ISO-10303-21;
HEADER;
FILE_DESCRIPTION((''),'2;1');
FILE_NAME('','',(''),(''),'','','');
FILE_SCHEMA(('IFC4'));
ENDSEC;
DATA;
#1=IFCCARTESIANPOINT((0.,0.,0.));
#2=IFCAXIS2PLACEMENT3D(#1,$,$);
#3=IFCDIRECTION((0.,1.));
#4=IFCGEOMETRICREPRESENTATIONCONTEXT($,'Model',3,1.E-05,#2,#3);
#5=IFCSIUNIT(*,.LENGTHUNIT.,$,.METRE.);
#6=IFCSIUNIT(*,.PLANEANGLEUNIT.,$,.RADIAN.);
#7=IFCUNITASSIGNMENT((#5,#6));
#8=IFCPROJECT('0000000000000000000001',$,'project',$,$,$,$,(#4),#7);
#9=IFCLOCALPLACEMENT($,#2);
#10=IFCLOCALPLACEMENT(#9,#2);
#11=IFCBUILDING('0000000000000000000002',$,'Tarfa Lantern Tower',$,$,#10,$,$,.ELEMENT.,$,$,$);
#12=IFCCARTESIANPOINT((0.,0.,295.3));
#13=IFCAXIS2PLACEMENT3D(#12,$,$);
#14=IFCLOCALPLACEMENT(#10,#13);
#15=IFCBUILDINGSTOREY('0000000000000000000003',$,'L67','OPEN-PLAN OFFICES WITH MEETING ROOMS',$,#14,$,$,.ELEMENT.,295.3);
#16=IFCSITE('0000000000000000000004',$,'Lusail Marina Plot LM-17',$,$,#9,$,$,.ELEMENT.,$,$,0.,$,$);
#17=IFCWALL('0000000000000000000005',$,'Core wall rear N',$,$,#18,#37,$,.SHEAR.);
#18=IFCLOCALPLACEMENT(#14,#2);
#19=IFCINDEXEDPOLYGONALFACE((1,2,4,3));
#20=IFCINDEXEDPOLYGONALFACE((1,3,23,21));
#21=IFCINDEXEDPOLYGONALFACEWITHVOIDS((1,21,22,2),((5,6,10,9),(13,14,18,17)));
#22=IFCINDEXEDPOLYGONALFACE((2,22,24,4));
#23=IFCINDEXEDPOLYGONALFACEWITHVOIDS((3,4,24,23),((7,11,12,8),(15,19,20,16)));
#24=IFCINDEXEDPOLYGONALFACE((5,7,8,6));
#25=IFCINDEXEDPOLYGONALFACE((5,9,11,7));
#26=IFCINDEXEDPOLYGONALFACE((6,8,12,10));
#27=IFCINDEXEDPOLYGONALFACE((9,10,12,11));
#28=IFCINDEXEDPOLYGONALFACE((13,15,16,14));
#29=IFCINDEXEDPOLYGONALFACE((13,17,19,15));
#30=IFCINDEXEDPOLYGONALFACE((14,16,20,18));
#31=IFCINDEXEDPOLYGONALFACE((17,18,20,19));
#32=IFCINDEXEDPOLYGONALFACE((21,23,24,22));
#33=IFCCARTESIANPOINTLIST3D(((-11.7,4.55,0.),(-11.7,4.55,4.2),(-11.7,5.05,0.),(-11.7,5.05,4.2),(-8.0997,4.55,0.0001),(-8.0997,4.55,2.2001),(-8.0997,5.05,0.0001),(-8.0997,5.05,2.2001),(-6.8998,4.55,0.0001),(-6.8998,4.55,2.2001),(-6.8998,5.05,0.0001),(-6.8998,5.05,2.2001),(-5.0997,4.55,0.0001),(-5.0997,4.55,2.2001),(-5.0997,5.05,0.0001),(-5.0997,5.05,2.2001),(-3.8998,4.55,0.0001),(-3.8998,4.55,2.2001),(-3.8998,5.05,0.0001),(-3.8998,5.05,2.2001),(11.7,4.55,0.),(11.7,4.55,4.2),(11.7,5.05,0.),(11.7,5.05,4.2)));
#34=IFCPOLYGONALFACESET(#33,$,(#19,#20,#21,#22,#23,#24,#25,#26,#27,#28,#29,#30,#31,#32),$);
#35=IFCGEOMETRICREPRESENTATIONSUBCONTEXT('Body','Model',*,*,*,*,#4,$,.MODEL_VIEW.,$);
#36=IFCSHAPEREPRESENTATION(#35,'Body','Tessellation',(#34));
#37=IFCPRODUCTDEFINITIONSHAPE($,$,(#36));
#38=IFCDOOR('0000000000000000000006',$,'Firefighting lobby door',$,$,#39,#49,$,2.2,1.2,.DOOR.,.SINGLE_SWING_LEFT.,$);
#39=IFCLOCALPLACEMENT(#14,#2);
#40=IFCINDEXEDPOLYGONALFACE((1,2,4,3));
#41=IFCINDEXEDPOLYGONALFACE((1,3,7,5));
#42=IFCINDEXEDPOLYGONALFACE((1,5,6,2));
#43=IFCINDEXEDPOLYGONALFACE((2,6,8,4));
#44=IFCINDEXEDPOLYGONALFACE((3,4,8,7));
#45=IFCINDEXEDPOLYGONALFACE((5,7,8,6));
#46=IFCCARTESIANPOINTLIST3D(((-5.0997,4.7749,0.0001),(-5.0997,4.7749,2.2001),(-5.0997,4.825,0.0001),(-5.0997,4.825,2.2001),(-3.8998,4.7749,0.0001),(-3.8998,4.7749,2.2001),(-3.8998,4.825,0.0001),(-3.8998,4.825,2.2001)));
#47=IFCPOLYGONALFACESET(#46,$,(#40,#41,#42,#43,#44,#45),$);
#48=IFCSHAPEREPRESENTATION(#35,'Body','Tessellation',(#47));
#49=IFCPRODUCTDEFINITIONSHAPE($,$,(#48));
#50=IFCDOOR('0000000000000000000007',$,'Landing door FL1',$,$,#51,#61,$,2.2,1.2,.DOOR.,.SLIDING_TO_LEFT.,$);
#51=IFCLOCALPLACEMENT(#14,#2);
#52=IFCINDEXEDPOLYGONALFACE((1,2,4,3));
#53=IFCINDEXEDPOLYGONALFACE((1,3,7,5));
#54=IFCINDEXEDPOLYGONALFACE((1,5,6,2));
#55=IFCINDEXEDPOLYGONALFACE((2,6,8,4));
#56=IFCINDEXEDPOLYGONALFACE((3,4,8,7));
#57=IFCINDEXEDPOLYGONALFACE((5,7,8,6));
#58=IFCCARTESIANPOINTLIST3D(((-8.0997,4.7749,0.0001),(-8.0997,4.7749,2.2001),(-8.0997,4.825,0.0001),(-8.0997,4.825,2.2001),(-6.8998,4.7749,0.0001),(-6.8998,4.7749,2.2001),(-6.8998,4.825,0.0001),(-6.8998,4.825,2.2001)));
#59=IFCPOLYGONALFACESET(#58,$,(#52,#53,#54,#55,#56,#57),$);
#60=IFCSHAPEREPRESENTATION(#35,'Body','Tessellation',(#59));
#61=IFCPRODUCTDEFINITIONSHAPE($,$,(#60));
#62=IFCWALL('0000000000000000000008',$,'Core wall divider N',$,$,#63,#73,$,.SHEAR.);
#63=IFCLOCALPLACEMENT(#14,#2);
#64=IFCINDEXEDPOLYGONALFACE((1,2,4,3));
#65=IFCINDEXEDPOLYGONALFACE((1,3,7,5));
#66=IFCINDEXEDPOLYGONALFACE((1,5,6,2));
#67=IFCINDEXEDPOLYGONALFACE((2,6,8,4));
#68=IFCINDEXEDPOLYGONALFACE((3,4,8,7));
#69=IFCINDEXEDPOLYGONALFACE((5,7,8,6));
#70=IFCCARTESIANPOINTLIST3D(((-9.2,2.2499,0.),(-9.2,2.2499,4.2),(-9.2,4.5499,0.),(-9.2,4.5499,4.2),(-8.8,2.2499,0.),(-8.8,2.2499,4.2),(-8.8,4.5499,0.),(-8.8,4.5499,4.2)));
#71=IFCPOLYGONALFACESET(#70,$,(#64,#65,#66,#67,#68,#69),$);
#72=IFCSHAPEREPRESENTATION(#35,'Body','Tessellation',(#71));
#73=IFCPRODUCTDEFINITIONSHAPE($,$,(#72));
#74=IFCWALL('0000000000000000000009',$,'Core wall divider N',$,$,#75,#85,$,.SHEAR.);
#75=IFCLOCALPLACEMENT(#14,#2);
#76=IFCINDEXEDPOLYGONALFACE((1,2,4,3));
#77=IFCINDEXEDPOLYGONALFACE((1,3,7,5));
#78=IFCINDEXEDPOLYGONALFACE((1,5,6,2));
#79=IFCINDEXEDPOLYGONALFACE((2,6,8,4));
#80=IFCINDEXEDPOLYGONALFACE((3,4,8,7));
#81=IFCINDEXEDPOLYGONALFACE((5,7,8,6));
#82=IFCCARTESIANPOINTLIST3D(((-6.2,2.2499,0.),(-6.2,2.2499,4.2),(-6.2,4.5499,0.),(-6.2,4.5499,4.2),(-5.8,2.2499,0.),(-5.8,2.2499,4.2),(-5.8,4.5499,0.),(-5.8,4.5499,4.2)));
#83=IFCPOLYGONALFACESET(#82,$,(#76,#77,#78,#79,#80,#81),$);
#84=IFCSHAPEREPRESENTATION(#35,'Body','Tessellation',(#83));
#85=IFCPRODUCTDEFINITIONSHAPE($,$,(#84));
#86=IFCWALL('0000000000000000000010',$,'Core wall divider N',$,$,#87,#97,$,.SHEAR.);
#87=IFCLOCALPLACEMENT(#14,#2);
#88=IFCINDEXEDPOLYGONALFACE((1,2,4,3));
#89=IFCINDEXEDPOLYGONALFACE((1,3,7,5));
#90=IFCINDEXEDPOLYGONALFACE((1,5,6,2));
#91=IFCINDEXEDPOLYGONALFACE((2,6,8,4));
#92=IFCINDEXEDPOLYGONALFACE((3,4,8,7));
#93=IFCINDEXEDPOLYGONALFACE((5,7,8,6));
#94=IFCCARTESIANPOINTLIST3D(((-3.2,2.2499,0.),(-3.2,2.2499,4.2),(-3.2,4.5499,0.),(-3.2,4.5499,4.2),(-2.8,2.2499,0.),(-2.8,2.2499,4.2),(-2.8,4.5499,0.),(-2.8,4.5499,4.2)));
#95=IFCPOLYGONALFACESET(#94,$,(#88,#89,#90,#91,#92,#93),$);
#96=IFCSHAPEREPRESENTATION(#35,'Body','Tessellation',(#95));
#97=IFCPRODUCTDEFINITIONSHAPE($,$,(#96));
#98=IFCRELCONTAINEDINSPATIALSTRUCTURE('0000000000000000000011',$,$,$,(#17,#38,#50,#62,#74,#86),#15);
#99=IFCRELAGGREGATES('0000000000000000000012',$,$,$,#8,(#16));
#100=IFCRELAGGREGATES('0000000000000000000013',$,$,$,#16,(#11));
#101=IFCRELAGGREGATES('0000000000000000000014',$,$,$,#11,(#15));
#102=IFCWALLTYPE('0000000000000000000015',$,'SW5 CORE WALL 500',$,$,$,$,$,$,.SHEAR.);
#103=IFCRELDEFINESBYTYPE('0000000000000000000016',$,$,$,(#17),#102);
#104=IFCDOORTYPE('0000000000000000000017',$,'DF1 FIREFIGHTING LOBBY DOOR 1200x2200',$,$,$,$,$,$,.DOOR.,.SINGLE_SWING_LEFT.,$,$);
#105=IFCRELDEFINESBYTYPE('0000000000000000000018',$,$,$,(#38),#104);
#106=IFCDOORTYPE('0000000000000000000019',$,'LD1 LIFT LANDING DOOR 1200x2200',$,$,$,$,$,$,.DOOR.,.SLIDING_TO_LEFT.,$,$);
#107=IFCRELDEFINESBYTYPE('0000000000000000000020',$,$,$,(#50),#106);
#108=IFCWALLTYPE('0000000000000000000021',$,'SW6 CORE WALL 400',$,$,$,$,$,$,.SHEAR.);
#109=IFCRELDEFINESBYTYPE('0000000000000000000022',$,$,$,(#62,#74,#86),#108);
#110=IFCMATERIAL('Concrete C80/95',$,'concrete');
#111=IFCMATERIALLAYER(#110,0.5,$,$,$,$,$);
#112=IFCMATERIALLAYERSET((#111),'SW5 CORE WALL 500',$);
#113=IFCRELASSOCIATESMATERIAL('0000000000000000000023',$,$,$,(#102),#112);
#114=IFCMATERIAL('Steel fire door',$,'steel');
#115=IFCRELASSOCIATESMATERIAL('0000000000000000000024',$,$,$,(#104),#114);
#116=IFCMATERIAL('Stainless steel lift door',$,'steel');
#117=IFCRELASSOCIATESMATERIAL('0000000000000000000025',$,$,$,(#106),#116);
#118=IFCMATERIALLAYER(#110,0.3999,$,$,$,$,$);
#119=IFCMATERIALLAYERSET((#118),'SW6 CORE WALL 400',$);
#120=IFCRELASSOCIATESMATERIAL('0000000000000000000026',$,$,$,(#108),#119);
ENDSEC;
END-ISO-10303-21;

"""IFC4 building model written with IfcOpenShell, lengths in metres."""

from ifc_helpers import new_model, si_unit, direction, frame, frame_2d, origin, place, context, subcontext, project, spatial, rectangle, extrude, material, layer, layer_set, type_object, element, fill, save


model = new_model("IFC4")

# Units and contexts
model_context = context("Model", 3, precision=1e-05, world=origin(), true_north=direction((0.0, 1.0)))
body_context = subcontext(model_context, "Body", "Model", "MODEL_VIEW")
ifc_project = project(units=[si_unit("LENGTHUNIT", "METRE"), si_unit("PLANEANGLEUNIT", "RADIAN")], contexts=[model_context])

# Site, building, storey
site_placement = place(None, origin())
site = spatial("IfcSite", under=ifc_project, at=site_placement, Name="Lusail Marina Plot LM-17", CompositionType="ELEMENT", RefElevation=0.0)
building_placement = place(site_placement, origin())
building = spatial("IfcBuilding", under=site, at=building_placement, Name="Tarfa Lantern Tower", CompositionType="ELEMENT")
storey_placement = place(building_placement, frame((0.0, 0.0, 295.3)))
storey = spatial("IfcBuildingStorey", under=building, at=storey_placement, Name="L67", Description="OPEN-PLAN OFFICES WITH MEETING ROOMS", CompositionType="ELEMENT", Elevation=295.3)

# Shared definitions
ifc_material_1 = material(Name="Concrete C80/95", Category="concrete")
ifc_layer_1 = layer(ifc_material_1, 0.5)
ifc_layer_set_1 = layer_set([ifc_layer_1], Name="SW5 CORE WALL 500")
wall_type_1 = type_object("IfcWallType", Name="SW5 CORE WALL 500", PredefinedType="SHEAR", material=ifc_layer_set_1)

# Shared definitions
ifc_material_2 = material(Name="Stainless steel lift door", Category="steel")

# Wall, openings, doors
wall_1_placement = place(storey_placement, frame((-11.7, 4.8, 0.0), z_axis=(0.0, 0.0, 1.0), x_axis=(1.0, 0.0, 0.0)))
wall_1 = element("IfcWall", 1, at=wall_1_placement, inside=storey, type_object=wall_type_1, Name="Core wall rear N", PredefinedType="SHEAR", context=body_context, shape_type="SweptSolid", body=[
    extrude(rectangle(XDim=23.3999, YDim=0.5, at=frame_2d((11.7, 0.0))), origin(), (0.0, 0.0, 1.0), 4.2),
])
opening_1_placement = place(wall_1_placement, frame((6.6001, 0.0, 0.0)))
opening_1 = element("IfcOpeningElement", 2, at=opening_1_placement, cuts=wall_1, PredefinedType="OPENING", context=body_context, shape_type="SweptSolid", body=[
    extrude(rectangle(XDim=1.2, YDim=2.2, at=frame_2d((0.6001, 1.1001))), frame((0.0, 0.26, 0.0), z_axis=(0.0, -1.0, 0.0), x_axis=(1.0, 0.0, 0.0)), (0.0, 0.0, 1.0), 0.52),
])
opening_2_placement = place(wall_1_placement, frame((3.6001, 0.0, 0.0)))
opening_2 = element("IfcOpeningElement", 3, at=opening_2_placement, cuts=wall_1, PredefinedType="OPENING", context=body_context, shape_type="SweptSolid", body=[
    extrude(rectangle(XDim=1.2, YDim=2.2, at=frame_2d((0.6001, 1.1001))), frame((0.0, 0.26, 0.0), z_axis=(0.0, -1.0, 0.0), x_axis=(1.0, 0.0, 0.0)), (0.0, 0.0, 1.0), 0.52),
])
ifc_material_3 = material(Name="Steel fire door", Category="steel")
door_type_1 = type_object("IfcDoorType", Name="DF1 FIREFIGHTING LOBBY DOOR 1200x2200", OperationType="SINGLE_SWING_LEFT", PredefinedType="DOOR", material=ifc_material_3)
door_1_placement = place(opening_1_placement, origin())
door_1 = element("IfcDoor", 4, at=door_1_placement, inside=storey, type_object=door_type_1, Name="Firefighting lobby door", OperationType="SINGLE_SWING_LEFT", OverallHeight=2.2, OverallWidth=1.2, PredefinedType="DOOR", context=body_context, shape_type="SweptSolid", body=[
    extrude(rectangle(XDim=1.2, YDim=2.2, at=frame_2d((0.6001, 1.1001))), frame((0.0, 0.0249, 0.0), z_axis=(0.0, -1.0, 0.0), x_axis=(1.0, 0.0, 0.0)), (0.0, 0.0, 1.0), 0.05),
])
fill(opening_1, door_1)
door_type_2 = type_object("IfcDoorType", Name="LD1 LIFT LANDING DOOR 1200x2200", OperationType="SLIDING_TO_LEFT", PredefinedType="DOOR", material=ifc_material_2)
door_2_placement = place(opening_2_placement, origin())
door_2 = element("IfcDoor", 5, at=door_2_placement, inside=storey, type_object=door_type_2, Name="Landing door FL1", OperationType="SLIDING_TO_LEFT", OverallHeight=2.2, OverallWidth=1.2, PredefinedType="DOOR", context=body_context, shape_type="SweptSolid", body=[
    extrude(rectangle(XDim=1.2, YDim=2.2, at=frame_2d((0.6001, 1.1001))), frame((0.0, 0.0249, 0.0), z_axis=(0.0, -1.0, 0.0), x_axis=(1.0, 0.0, 0.0)), (0.0, 0.0, 1.0), 0.05),
])
fill(opening_2, door_2)

# Walls
ifc_layer_2 = layer(ifc_material_1, 0.3999)
ifc_layer_set_2 = layer_set([ifc_layer_2], Name="SW6 CORE WALL 400")
wall_type_2 = type_object("IfcWallType", Name="SW6 CORE WALL 400", PredefinedType="SHEAR", material=ifc_layer_set_2)
for number, where, z_axis, x_axis, name in (
    (6, (-9.0, 2.25, 0.0), (0.0, 0.0, 1.0), (0.0, 1.0, 0.0), "Core wall divider N"),
    (7, (-6.0, 2.25, 0.0), (0.0, 0.0, 1.0), (0.0, 1.0, 0.0), "Core wall divider N"),
    (8, (-3.0, 2.25, 0.0), (0.0, 0.0, 1.0), (0.0, 1.0, 0.0), "Core wall divider N"),
):
    element("IfcWall", number, at=place(storey_placement, frame(where, z_axis=z_axis, x_axis=x_axis)), inside=storey, type_object=wall_type_2, Name=name, PredefinedType="SHEAR", context=body_context, shape_type="SweptSolid", body=[
        extrude(rectangle(XDim=2.3, YDim=0.3999, at=frame_2d((1.1499, 0.0))), origin(), (0.0, 0.0, 1.0), 4.2),
    ])

save(model, "model.ifc")
